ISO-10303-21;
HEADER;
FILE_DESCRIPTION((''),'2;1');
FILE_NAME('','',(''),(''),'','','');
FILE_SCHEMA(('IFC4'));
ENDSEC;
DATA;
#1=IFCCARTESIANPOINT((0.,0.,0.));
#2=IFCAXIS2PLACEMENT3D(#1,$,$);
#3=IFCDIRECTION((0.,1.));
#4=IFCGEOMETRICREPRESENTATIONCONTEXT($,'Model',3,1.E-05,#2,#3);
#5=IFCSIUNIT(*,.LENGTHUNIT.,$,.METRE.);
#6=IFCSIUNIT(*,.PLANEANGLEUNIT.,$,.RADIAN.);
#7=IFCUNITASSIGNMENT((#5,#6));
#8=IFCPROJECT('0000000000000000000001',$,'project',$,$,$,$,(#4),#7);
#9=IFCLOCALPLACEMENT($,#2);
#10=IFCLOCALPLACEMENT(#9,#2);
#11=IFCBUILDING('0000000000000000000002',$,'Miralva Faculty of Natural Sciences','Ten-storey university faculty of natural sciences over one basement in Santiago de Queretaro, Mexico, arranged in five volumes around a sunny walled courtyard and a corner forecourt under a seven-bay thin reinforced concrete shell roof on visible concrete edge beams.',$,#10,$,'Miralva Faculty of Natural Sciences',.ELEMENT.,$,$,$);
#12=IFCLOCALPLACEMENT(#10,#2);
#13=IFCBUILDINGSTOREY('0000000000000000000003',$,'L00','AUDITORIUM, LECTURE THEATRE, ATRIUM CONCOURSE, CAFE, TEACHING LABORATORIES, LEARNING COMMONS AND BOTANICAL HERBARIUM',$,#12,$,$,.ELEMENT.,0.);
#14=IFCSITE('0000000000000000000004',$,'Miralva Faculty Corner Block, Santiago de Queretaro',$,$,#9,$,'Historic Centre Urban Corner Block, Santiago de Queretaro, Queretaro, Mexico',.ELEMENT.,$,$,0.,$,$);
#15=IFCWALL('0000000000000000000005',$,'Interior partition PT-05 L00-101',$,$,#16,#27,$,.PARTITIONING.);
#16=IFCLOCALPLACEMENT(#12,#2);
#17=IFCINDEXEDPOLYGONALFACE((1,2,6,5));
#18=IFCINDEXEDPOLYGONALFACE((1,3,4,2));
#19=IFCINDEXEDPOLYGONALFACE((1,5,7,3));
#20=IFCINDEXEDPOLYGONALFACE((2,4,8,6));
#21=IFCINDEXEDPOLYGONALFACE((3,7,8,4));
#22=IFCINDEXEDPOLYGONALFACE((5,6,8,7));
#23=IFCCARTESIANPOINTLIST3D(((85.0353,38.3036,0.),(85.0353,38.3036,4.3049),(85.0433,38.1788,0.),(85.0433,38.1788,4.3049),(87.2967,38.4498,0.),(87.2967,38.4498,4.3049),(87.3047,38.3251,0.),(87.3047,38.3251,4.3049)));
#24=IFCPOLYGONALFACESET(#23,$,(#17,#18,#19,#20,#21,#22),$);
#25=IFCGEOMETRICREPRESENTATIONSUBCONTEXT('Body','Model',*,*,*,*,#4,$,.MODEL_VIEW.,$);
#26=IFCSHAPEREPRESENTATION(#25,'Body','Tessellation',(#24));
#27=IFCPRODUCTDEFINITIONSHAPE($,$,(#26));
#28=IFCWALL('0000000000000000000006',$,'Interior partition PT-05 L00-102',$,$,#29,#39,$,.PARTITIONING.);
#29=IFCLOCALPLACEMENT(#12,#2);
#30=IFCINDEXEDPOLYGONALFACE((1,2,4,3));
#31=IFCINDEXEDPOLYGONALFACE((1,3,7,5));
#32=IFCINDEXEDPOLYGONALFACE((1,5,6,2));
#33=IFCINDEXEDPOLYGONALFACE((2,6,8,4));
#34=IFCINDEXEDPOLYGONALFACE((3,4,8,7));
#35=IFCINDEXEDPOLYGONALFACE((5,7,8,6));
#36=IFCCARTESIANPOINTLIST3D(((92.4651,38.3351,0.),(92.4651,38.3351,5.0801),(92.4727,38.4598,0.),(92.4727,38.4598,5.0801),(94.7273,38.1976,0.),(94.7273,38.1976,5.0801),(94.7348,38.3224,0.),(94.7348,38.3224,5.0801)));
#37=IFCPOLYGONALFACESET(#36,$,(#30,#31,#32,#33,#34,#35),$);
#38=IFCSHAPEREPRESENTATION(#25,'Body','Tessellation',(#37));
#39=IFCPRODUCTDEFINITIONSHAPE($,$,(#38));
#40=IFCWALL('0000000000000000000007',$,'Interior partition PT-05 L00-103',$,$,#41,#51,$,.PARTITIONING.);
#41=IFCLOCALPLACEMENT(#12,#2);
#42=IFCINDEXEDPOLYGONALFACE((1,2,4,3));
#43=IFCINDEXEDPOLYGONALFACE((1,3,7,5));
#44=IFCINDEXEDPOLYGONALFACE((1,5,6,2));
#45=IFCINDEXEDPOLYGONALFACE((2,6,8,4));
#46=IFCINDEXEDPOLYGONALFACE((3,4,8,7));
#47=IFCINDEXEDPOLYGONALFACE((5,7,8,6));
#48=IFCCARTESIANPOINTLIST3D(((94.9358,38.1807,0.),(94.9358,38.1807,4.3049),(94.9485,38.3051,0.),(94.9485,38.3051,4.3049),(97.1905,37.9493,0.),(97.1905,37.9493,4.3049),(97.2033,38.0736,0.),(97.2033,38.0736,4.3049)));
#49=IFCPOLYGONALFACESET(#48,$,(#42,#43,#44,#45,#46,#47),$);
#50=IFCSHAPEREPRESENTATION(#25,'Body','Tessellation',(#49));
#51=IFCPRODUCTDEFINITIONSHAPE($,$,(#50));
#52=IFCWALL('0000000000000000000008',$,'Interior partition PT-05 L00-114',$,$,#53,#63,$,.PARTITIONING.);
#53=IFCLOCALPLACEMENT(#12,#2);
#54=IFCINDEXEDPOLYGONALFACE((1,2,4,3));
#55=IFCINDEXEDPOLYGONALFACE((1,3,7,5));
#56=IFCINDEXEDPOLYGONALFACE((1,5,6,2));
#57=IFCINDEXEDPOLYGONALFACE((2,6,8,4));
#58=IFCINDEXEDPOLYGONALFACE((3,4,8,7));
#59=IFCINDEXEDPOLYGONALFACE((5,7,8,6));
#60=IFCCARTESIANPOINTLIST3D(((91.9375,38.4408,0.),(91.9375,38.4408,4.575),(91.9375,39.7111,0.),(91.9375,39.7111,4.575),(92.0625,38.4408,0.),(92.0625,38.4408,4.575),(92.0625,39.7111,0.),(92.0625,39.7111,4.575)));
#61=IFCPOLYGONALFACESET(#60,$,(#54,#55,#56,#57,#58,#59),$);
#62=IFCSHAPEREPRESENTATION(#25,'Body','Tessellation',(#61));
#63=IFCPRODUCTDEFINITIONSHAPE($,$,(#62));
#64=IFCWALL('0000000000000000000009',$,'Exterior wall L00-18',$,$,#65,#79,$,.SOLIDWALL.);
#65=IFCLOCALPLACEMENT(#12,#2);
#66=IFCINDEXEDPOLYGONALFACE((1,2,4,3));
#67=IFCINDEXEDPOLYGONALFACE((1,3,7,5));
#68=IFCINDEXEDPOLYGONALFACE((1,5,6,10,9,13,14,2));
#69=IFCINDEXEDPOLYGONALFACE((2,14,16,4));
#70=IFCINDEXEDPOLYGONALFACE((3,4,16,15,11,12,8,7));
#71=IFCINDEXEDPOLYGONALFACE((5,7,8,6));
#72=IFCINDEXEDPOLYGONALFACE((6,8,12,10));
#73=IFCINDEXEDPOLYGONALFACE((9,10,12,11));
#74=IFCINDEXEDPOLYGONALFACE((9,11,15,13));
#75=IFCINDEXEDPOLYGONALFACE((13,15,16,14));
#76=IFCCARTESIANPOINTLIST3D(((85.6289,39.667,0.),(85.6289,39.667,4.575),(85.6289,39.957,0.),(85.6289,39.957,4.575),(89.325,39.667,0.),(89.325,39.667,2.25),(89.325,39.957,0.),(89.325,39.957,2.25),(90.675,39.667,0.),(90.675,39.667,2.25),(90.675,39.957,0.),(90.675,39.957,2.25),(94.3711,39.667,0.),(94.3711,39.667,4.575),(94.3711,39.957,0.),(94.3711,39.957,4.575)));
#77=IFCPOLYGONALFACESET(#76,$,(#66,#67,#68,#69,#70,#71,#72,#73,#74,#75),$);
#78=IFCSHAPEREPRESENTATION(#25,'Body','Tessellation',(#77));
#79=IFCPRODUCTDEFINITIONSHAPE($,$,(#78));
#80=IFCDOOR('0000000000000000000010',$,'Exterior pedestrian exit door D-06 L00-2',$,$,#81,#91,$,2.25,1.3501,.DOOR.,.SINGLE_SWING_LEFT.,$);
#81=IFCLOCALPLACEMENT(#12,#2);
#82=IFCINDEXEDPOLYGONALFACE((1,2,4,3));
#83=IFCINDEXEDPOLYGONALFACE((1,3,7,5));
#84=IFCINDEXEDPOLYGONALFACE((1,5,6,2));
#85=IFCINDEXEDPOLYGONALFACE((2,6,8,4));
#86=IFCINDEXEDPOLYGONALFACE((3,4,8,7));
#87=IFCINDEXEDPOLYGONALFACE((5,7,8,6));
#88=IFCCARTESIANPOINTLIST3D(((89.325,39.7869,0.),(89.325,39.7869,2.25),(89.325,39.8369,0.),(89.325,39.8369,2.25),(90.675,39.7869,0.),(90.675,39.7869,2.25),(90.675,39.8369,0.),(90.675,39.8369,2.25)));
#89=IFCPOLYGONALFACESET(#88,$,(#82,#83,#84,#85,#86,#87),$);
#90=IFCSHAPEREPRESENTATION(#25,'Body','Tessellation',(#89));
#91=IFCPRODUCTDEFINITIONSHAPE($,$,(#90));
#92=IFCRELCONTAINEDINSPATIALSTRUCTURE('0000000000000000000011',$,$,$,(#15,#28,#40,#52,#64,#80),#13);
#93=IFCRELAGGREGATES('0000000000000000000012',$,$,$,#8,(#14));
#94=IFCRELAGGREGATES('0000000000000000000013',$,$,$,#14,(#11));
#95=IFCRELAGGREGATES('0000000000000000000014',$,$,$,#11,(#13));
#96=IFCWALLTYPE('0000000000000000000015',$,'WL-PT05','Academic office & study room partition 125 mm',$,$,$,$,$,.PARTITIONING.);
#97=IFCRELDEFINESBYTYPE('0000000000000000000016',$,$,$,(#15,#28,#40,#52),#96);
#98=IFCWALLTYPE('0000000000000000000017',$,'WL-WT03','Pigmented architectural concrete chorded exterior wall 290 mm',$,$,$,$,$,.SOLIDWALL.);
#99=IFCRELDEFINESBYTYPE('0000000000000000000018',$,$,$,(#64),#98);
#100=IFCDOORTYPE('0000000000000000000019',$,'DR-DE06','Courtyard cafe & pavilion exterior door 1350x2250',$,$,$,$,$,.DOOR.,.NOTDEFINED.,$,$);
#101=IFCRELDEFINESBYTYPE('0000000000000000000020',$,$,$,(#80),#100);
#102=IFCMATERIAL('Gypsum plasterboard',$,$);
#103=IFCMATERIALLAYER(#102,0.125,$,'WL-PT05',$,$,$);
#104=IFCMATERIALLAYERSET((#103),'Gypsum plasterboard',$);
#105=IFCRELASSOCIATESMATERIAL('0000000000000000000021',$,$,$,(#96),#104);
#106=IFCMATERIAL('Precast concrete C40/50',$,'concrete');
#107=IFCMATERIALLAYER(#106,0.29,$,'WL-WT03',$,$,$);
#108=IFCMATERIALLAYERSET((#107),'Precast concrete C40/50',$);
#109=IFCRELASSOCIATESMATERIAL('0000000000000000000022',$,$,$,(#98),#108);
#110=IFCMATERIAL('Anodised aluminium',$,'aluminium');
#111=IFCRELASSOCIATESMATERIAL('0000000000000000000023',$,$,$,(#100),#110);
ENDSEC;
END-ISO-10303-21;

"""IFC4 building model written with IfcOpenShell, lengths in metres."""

from ifc_helpers import new_model, si_unit, direction, frame, frame_2d, origin, place, context, subcontext, project, spatial, rectangle, extrude, material, layer, layer_set, type_object, element, fill, save


model = new_model("IFC4")

# Units and contexts
model_context = context("Model", 3, precision=1e-05, world=origin(), true_north=direction((0.0, 1.0)))
body_context = subcontext(model_context, "Body", "Model", "MODEL_VIEW")
ifc_project = project(units=[si_unit("LENGTHUNIT", "METRE"), si_unit("PLANEANGLEUNIT", "RADIAN")], contexts=[model_context])

# Site, building, storey
site_placement = place(None, origin())
site = spatial("IfcSite", under=ifc_project, at=site_placement, Name="Miralva Faculty Corner Block, Santiago de Queretaro", LongName="Historic Centre Urban Corner Block, Santiago de Queretaro, Queretaro, Mexico", CompositionType="ELEMENT", RefElevation=0.0)
building_placement = place(site_placement, origin())
building = spatial("IfcBuilding", under=site, at=building_placement, Name="Miralva Faculty of Natural Sciences", Description="Ten-storey university faculty of natural sciences over one basement in Santiago de Queretaro, Mexico, arranged in five volumes around a sunny walled courtyard and a corner forecourt under a seven-bay thin reinforced concrete shell roof on visible concrete edge beams.", LongName="Miralva Faculty of Natural Sciences", CompositionType="ELEMENT")
storey_placement = place(building_placement, origin())
storey = spatial("IfcBuildingStorey", under=building, at=storey_placement, Name="L00", Description="AUDITORIUM, LECTURE THEATRE, ATRIUM CONCOURSE, CAFE, TEACHING LABORATORIES, LEARNING COMMONS AND BOTANICAL HERBARIUM", CompositionType="ELEMENT", Elevation=0.0)

# Shared definitions
ifc_material_1 = material(Name="Anodised aluminium", Category="aluminium")

# Walls
ifc_material_2 = material(Name="Gypsum plasterboard")
ifc_layer_1 = layer(ifc_material_2, 0.125, Name="WL-PT05")
ifc_layer_set_1 = layer_set([ifc_layer_1], Name="Gypsum plasterboard")
wall_type_1 = type_object("IfcWallType", Name="WL-PT05", Description="Academic office & study room partition 125 mm", PredefinedType="PARTITIONING", material=ifc_layer_set_1)
wall_1_placement = place(storey_placement, frame((85.0393, 38.2412, 0.0), z_axis=(0.0, 0.0, 1.0), x_axis=(0.997916, 0.064531, 0.0)))
element("IfcWall", 1, at=wall_1_placement, inside=storey, type_object=wall_type_1, Name="Interior partition PT-05 L00-101", PredefinedType="PARTITIONING", context=body_context, shape_type="SweptSolid", body=[
    extrude(rectangle(XDim=2.2661, YDim=0.125, at=frame_2d((1.1331, 0.0))), origin(), (0.0, 0.0, 1.0), 4.3049),
])
wall_2_placement = place(storey_placement, frame((92.4688, 38.3975, 0.0), z_axis=(0.0, 0.0, 1.0), x_axis=(0.998159, -0.060648, 0.0)))
element("IfcWall", 2, at=wall_2_placement, inside=storey, type_object=wall_type_1, Name="Interior partition PT-05 L00-102", PredefinedType="PARTITIONING", context=body_context, shape_type="SweptSolid", body=[
    extrude(rectangle(XDim=2.2664, YDim=0.125, at=frame_2d((1.1333, 0.0))), origin(), (0.0, 0.0, 1.0), 5.0801),
])
wall_3_placement = place(storey_placement, frame((94.9421, 38.2429, 0.0), z_axis=(0.0, 0.0, 1.0), x_axis=(0.994772, -0.102116, 0.0)))
element("IfcWall", 3, at=wall_3_placement, inside=storey, type_object=wall_type_1, Name="Interior partition PT-05 L00-103", PredefinedType="PARTITIONING", context=body_context, shape_type="SweptSolid", body=[
    extrude(rectangle(XDim=2.2666, YDim=0.125, at=frame_2d((1.1333, 0.0))), origin(), (0.0, 0.0, 1.0), 4.3049),
])
wall_4_placement = place(storey_placement, frame((92.0, 38.4407, 0.0), z_axis=(0.0, 0.0, 1.0), x_axis=(0.0, 1.0, 0.0)))
element("IfcWall", 4, at=wall_4_placement, inside=storey, type_object=wall_type_1, Name="Interior partition PT-05 L00-114", PredefinedType="PARTITIONING", context=body_context, shape_type="SweptSolid", body=[
    extrude(rectangle(XDim=1.2703, YDim=0.125, at=frame_2d((0.6353, 0.0))), origin(), (0.0, 0.0, 1.0), 4.575),
])

# Wall, opening, door
ifc_material_3 = material(Name="Precast concrete C40/50", Category="concrete")
ifc_layer_2 = layer(ifc_material_3, 0.29, Name="WL-WT03")
ifc_layer_set_2 = layer_set([ifc_layer_2], Name="Precast concrete C40/50")
wall_type_2 = type_object("IfcWallType", Name="WL-WT03", Description="Pigmented architectural concrete chorded exterior wall 290 mm", PredefinedType="SOLIDWALL", material=ifc_layer_set_2)
wall_5_placement = place(storey_placement, frame((85.6289, 39.812, 0.0), z_axis=(0.0, 0.0, 1.0), x_axis=(1.0, 0.0, 0.0)))
wall_5 = element("IfcWall", 5, at=wall_5_placement, inside=storey, type_object=wall_type_2, Name="Exterior wall L00-18", PredefinedType="SOLIDWALL", context=body_context, shape_type="SweptSolid", body=[
    extrude(rectangle(XDim=8.7422, YDim=0.29, at=frame_2d((4.3711, 0.0))), origin(), (0.0, 0.0, 1.0), 4.575),
])
opening_placement = place(wall_5_placement, frame((3.696, 0.0, 0.0)))
opening = element("IfcOpeningElement", 6, at=opening_placement, cuts=wall_5, PredefinedType="OPENING", context=body_context, shape_type="SweptSolid", body=[
    extrude(rectangle(XDim=1.3501, YDim=2.25, at=frame_2d((0.675, 1.125))), frame((0.0, 0.155, 0.0), z_axis=(0.0, -1.0, 0.0), x_axis=(1.0, 0.0, 0.0)), (0.0, 0.0, 1.0), 0.3101),
])
door_type = type_object("IfcDoorType", Name="DR-DE06", Description="Courtyard cafe & pavilion exterior door 1350x2250", OperationType="NOTDEFINED", PredefinedType="DOOR", material=ifc_material_1)
door_placement = place(opening_placement, origin())
door = element("IfcDoor", 7, at=door_placement, inside=storey, type_object=door_type, Name="Exterior pedestrian exit door D-06 L00-2", OperationType="SINGLE_SWING_LEFT", OverallHeight=2.25, OverallWidth=1.3501, PredefinedType="DOOR", context=body_context, shape_type="SweptSolid", body=[
    extrude(rectangle(XDim=1.3501, YDim=2.25, at=frame_2d((0.675, 1.125))), frame((0.0, 0.0249, 0.0), z_axis=(0.0, -1.0, 0.0), x_axis=(1.0, 0.0, 0.0)), (0.0, 0.0, 1.0), 0.05),
])
fill(opening, door)

save(model, "model.ifc")
